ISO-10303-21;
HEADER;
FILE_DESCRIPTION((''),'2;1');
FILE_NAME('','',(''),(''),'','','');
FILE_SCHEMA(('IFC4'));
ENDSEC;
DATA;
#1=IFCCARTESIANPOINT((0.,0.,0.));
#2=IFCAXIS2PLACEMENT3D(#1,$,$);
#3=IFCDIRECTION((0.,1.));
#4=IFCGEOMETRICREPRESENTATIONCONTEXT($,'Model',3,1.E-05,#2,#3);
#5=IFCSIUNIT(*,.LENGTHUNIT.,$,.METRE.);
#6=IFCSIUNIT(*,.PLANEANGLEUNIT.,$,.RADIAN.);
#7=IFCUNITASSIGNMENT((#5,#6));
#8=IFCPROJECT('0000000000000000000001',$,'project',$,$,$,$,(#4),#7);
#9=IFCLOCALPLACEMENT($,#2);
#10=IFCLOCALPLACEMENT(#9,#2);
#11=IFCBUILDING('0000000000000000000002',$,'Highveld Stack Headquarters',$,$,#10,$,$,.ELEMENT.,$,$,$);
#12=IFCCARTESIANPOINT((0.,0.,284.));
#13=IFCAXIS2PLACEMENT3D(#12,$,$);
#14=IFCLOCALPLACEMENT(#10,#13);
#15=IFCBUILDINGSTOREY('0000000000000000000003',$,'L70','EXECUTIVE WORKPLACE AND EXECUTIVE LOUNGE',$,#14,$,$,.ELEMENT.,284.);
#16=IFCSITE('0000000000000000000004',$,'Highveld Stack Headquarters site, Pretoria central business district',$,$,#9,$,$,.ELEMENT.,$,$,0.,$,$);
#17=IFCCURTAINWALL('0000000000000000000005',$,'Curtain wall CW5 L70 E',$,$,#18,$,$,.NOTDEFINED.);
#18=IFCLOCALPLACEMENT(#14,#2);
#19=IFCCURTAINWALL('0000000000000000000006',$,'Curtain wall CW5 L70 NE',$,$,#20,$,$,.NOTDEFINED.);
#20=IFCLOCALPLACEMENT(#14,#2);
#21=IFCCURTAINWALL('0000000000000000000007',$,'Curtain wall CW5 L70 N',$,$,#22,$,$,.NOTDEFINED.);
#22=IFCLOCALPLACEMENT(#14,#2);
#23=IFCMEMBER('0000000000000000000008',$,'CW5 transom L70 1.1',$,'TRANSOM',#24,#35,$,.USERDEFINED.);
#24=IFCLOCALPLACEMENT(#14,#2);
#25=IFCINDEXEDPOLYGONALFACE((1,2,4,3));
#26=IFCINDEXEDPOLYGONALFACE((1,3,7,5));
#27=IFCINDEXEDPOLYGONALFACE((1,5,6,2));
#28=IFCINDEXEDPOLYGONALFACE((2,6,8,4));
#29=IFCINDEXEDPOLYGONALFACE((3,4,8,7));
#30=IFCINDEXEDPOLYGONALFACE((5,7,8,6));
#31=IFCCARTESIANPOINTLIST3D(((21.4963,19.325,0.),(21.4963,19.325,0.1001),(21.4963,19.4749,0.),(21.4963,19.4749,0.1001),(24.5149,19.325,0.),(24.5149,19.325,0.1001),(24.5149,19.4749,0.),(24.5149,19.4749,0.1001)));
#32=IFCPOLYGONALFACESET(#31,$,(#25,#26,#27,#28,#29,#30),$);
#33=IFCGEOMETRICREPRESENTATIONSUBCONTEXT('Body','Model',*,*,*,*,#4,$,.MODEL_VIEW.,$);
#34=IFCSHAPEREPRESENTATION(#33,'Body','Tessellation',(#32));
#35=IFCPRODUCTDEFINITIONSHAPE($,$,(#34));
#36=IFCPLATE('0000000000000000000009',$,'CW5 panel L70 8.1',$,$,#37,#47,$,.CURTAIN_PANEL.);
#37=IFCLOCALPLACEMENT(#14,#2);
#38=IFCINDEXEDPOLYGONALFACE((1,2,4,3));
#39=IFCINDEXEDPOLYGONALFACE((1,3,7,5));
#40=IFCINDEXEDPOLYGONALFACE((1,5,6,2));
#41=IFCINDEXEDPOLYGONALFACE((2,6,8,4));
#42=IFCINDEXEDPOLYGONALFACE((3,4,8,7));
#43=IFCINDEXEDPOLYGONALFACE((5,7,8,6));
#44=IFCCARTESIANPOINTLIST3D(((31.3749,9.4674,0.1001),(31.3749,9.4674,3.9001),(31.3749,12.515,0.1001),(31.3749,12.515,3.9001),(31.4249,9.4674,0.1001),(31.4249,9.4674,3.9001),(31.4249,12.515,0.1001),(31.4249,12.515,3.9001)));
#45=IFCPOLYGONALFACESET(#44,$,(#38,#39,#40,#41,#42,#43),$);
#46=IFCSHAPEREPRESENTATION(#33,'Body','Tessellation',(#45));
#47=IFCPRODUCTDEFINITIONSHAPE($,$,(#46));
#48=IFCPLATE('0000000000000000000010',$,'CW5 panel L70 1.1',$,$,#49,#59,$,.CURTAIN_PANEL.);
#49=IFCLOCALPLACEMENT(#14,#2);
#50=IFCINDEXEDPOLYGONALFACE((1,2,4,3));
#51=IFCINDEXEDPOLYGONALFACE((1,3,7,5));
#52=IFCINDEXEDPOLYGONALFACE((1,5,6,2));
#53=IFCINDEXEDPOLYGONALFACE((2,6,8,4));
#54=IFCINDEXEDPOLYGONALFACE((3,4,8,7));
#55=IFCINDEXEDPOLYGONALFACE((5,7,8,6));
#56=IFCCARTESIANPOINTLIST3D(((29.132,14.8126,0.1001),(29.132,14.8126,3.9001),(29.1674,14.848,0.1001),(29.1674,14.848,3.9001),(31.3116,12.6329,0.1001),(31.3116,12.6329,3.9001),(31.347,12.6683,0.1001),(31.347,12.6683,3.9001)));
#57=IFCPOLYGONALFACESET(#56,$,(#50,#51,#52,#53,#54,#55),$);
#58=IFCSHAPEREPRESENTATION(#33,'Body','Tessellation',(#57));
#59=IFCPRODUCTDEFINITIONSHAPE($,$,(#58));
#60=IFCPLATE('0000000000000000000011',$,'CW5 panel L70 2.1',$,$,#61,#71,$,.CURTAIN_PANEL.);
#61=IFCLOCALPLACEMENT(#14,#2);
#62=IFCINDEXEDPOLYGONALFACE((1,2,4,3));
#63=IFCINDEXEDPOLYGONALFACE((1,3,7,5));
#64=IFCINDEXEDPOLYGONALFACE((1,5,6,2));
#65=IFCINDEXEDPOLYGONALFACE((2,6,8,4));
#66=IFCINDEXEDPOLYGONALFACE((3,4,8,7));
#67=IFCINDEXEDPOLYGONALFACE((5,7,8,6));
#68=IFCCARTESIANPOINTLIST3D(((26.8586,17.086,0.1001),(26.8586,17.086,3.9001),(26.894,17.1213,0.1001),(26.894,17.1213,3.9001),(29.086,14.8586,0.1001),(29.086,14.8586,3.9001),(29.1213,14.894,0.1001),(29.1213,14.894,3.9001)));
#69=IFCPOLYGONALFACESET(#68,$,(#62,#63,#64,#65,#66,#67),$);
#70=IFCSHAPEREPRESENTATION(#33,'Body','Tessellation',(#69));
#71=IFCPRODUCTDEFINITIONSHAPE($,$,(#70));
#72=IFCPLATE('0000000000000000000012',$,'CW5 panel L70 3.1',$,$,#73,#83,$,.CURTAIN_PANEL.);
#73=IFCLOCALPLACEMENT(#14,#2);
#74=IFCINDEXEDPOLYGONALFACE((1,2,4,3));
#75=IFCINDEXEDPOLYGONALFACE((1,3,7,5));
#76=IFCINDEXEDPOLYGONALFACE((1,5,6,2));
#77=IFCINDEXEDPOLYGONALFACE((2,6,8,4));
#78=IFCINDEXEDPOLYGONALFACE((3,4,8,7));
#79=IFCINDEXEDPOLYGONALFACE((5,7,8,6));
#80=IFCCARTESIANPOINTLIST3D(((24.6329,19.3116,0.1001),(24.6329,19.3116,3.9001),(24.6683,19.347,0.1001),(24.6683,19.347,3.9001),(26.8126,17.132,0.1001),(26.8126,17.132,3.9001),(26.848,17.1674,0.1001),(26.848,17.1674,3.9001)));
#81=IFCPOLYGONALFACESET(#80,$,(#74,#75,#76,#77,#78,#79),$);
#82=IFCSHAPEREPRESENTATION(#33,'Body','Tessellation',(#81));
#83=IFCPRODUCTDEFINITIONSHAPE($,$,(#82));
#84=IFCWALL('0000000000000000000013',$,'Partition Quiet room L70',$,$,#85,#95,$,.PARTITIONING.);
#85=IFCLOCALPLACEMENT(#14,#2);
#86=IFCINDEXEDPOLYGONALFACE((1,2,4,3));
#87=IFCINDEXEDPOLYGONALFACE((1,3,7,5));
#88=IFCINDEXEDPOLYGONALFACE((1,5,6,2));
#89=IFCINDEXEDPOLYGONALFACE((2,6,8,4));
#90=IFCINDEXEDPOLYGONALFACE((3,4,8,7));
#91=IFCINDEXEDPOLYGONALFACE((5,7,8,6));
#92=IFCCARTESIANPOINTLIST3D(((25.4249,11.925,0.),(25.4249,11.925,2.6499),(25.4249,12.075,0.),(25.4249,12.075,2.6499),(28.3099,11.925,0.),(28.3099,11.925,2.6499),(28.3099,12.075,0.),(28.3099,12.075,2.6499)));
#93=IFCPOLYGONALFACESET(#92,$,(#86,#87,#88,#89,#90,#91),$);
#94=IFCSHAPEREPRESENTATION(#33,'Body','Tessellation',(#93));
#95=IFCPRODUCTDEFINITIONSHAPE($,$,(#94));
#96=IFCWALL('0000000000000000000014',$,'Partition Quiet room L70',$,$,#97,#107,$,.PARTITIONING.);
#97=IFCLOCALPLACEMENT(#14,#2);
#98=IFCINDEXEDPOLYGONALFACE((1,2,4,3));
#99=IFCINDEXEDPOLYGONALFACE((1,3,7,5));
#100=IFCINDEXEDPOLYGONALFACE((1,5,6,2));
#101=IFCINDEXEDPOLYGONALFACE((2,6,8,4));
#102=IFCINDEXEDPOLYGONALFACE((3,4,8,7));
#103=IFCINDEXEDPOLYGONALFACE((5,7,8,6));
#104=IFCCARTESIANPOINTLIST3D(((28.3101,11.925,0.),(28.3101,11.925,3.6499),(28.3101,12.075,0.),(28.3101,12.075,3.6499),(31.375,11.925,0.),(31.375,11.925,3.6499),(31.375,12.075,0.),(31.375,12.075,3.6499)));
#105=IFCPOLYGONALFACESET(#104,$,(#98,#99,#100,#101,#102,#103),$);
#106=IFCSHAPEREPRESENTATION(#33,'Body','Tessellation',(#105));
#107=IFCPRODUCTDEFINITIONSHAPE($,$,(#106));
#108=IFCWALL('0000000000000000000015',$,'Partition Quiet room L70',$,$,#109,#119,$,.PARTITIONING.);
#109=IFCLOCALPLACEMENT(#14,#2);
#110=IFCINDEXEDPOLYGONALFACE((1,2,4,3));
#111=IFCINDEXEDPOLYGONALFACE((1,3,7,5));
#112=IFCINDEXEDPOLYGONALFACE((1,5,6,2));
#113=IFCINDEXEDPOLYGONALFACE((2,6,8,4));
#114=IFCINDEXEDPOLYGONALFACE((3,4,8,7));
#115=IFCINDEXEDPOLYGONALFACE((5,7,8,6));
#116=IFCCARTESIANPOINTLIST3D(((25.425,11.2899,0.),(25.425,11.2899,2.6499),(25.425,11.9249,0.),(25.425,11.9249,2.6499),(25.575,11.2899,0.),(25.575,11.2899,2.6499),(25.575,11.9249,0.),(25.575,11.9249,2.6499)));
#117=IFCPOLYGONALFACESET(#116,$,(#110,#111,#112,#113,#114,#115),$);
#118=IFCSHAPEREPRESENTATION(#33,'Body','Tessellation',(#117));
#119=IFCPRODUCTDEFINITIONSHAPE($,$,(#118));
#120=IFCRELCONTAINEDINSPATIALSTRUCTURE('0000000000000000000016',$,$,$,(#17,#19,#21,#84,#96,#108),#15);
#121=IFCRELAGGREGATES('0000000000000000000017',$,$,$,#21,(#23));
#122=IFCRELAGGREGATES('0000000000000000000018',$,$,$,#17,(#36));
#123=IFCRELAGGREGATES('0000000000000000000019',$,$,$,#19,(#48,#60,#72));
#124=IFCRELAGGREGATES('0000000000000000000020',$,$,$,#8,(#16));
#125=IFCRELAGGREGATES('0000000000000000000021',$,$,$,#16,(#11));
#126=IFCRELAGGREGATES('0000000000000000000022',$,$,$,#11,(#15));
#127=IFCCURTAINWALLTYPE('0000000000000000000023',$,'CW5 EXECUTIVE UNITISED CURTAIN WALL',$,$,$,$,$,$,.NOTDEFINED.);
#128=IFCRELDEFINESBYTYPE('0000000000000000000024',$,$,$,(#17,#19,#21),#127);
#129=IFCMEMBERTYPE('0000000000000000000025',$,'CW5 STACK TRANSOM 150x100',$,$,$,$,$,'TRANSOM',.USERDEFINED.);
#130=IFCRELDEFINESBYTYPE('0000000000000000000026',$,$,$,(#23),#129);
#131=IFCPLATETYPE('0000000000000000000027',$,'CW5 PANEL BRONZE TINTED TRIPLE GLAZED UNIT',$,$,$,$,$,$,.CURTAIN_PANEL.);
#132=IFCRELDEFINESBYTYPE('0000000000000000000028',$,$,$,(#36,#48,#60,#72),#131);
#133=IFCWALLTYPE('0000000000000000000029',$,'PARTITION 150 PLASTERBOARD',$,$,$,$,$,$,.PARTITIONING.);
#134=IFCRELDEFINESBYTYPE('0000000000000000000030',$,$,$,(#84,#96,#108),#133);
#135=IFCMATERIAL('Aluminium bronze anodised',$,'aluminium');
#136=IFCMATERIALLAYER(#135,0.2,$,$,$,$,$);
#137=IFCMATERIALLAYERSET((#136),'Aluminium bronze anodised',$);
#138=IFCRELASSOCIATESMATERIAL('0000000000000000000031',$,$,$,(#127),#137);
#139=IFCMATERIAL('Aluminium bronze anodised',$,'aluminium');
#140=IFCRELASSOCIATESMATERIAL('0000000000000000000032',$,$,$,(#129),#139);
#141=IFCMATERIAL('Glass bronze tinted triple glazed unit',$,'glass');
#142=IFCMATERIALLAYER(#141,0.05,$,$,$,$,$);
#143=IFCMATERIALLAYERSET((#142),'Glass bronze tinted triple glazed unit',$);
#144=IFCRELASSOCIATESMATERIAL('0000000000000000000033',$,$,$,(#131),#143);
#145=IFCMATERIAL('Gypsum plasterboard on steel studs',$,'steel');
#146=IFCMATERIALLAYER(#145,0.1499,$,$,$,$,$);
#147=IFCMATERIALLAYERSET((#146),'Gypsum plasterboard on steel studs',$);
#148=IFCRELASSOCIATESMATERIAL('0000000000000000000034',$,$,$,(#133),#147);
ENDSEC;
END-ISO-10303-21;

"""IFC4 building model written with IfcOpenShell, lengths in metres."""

from ifc_helpers import new_model, si_unit, direction, frame, frame_2d, origin, origin_2d, place, context, subcontext, project, spatial, rectangle, extrude, material, layer, layer_set, material_profile, profile_set, type_object, element, aggregate, save


model = new_model("IFC4")

# Units and contexts
model_context = context("Model", 3, precision=1e-05, world=origin(), true_north=direction((0.0, 1.0)))
body_context = subcontext(model_context, "Body", "Model", "MODEL_VIEW")
ifc_project = project(units=[si_unit("LENGTHUNIT", "METRE"), si_unit("PLANEANGLEUNIT", "RADIAN")], contexts=[model_context])

# Site, building, storey
site_placement = place(None, origin())
site = spatial("IfcSite", under=ifc_project, at=site_placement, Name="Highveld Stack Headquarters site, Pretoria central business district", CompositionType="ELEMENT", RefElevation=0.0)
building_placement = place(site_placement, origin())
building = spatial("IfcBuilding", under=site, at=building_placement, Name="Highveld Stack Headquarters", CompositionType="ELEMENT")
storey_placement = place(building_placement, frame((0.0, 0.0, 284.0)))
storey = spatial("IfcBuildingStorey", under=building, at=storey_placement, Name="L70", Description="EXECUTIVE WORKPLACE AND EXECUTIVE LOUNGE", CompositionType="ELEMENT", Elevation=284.0)

# Curtain wall
ifc_material_1 = material(Name="Aluminium bronze anodised", Category="aluminium")
ifc_layer_1 = layer(ifc_material_1, 0.2)
ifc_layer_set_1 = layer_set([ifc_layer_1], Name="Aluminium bronze anodised")
curtain_wall_type = type_object("IfcCurtainWallType", Name="CW5 EXECUTIVE UNITISED CURTAIN WALL", PredefinedType="NOTDEFINED", material=ifc_layer_set_1)
curtain_wall_1_placement = place(storey_placement, origin())
curtain_wall_1 = element("IfcCurtainWall", 1, at=curtain_wall_1_placement, inside=storey, type_object=curtain_wall_type, Name="Curtain wall CW5 L70 E", PredefinedType="NOTDEFINED")

# Curtain wall
curtain_wall_2_placement = place(storey_placement, origin())
curtain_wall_2 = element("IfcCurtainWall", 2, at=curtain_wall_2_placement, inside=storey, type_object=curtain_wall_type, Name="Curtain wall CW5 L70 NE", PredefinedType="NOTDEFINED")

# Curtain wall
curtain_wall_3_placement = place(storey_placement, origin())
curtain_wall_3 = element("IfcCurtainWall", 3, at=curtain_wall_3_placement, inside=storey, type_object=curtain_wall_type, Name="Curtain wall CW5 L70 N", PredefinedType="NOTDEFINED")

# Member
ifc_material_2 = material(Name="Aluminium bronze anodised", Category="aluminium")
ifc_material_profile_1 = material_profile(ifc_material_2, rectangle(XDim=0.1499, YDim=0.1001, at=origin_2d()), Name="CW5 TRANSOM 150x100")
ifc_profile_set_1 = profile_set([ifc_material_profile_1], Name="Aluminium bronze anodised")
member_type_1 = type_object("IfcMemberType", Name="CW5 STACK TRANSOM 150x100", ElementType="TRANSOM", PredefinedType="USERDEFINED", material=ifc_profile_set_1)
member_1_placement = place(storey_placement, frame((24.5149, 19.3999, 0.05), z_axis=(-1.0, 0.0, 0.0), x_axis=(0.0, -1.0, 0.0)))
member_1 = element("IfcMember", 4, at=member_1_placement, type_object=member_type_1, Name="CW5 transom L70 1.1", ObjectType="TRANSOM", PredefinedType="USERDEFINED", context=body_context, shape_type="SweptSolid", body=[
    extrude(rectangle(XDim=0.1499, YDim=0.1001, at=origin_2d()), origin(), (0.0, 0.0, 1.0), 3.0186),
])
aggregate(curtain_wall_3, [member_1])

# Plates
ifc_material_3 = material(Name="Glass bronze tinted triple glazed unit", Category="glass")
ifc_layer_2 = layer(ifc_material_3, 0.05)
ifc_layer_set_2 = layer_set([ifc_layer_2], Name="Glass bronze tinted triple glazed unit")
plate_type = type_object("IfcPlateType", Name="CW5 PANEL BRONZE TINTED TRIPLE GLAZED UNIT", PredefinedType="CURTAIN_PANEL", material=ifc_layer_set_2)
plate_1_placement = place(storey_placement, frame((31.3999, 10.9912, 0.1001), z_axis=(0.0, 0.0, 1.0), x_axis=(0.0, 1.0, 0.0)))
plate_1 = element("IfcPlate", 5, at=plate_1_placement, type_object=plate_type, Name="CW5 panel L70 8.1", PredefinedType="CURTAIN_PANEL", context=body_context, shape_type="SweptSolid", body=[
    extrude(rectangle(XDim=3.0476, YDim=0.05, at=origin_2d()), origin(), (0.0, 0.0, 1.0), 3.8),
])
aggregate(curtain_wall_1, [plate_1])
plate_2_placement = place(storey_placement, frame((30.2395, 13.7405, 0.1001), z_axis=(0.0, 0.0, 1.0), x_axis=(-0.707107, 0.707107, 0.0)))
plate_2 = element("IfcPlate", 6, at=plate_2_placement, type_object=plate_type, Name="CW5 panel L70 1.1", PredefinedType="CURTAIN_PANEL", context=body_context, shape_type="SweptSolid", body=[
    extrude(rectangle(XDim=3.0825, YDim=0.05, at=origin_2d()), origin(), (0.0, 0.0, 1.0), 3.8),
])
plate_3_placement = place(storey_placement, frame((27.99, 15.99, 0.1001), z_axis=(0.0, 0.0, 1.0), x_axis=(-0.707107, 0.707107, 0.0)))
plate_3 = element("IfcPlate", 7, at=plate_3_placement, type_object=plate_type, Name="CW5 panel L70 2.1", PredefinedType="CURTAIN_PANEL", context=body_context, shape_type="SweptSolid", body=[
    extrude(rectangle(XDim=3.1499, YDim=0.05, at=origin_2d()), origin(), (0.0, 0.0, 1.0), 3.8),
])
plate_4_placement = place(storey_placement, frame((25.7405, 18.2395, 0.1001), z_axis=(0.0, 0.0, 1.0), x_axis=(-0.707107, 0.707107, 0.0)))
plate_4 = element("IfcPlate", 8, at=plate_4_placement, type_object=plate_type, Name="CW5 panel L70 3.1", PredefinedType="CURTAIN_PANEL", context=body_context, shape_type="SweptSolid", body=[
    extrude(rectangle(XDim=3.0825, YDim=0.05, at=origin_2d()), origin(), (0.0, 0.0, 1.0), 3.8),
])
aggregate(curtain_wall_2, [plate_2, plate_3, plate_4])

# Walls
ifc_material_4 = material(Name="Gypsum plasterboard on steel studs", Category="steel")
ifc_layer_3 = layer(ifc_material_4, 0.1499)
ifc_layer_set_3 = layer_set([ifc_layer_3], Name="Gypsum plasterboard on steel studs")
wall_type = type_object("IfcWallType", Name="PARTITION 150 PLASTERBOARD", PredefinedType="PARTITIONING", material=ifc_layer_set_3)
wall_1_placement = place(storey_placement, frame((25.425, 12.0, 0.0), z_axis=(0.0, 0.0, 1.0), x_axis=(1.0, 0.0, 0.0)))
element("IfcWall", 9, at=wall_1_placement, inside=storey, type_object=wall_type, Name="Partition Quiet room L70", PredefinedType="PARTITIONING", context=body_context, shape_type="SweptSolid", body=[
    extrude(rectangle(XDim=2.885, YDim=0.1499, at=frame_2d((1.4424, 0.0))), origin(), (0.0, 0.0, 1.0), 2.6499),
])
wall_2_placement = place(storey_placement, frame((28.3101, 12.0, 0.0), z_axis=(0.0, 0.0, 1.0), x_axis=(1.0, 0.0, 0.0)))
element("IfcWall", 10, at=wall_2_placement, inside=storey, type_object=wall_type, Name="Partition Quiet room L70", PredefinedType="PARTITIONING", context=body_context, shape_type="SweptSolid", body=[
    extrude(rectangle(XDim=3.0649, YDim=0.1499, at=frame_2d((1.5325, 0.0))), origin(), (0.0, 0.0, 1.0), 3.6499),
])
wall_3_placement = place(storey_placement, frame((25.5, 11.29, 0.0), z_axis=(0.0, 0.0, 1.0), x_axis=(0.0, 1.0, 0.0)))
element("IfcWall", 11, at=wall_3_placement, inside=storey, type_object=wall_type, Name="Partition Quiet room L70", PredefinedType="PARTITIONING", context=body_context, shape_type="SweptSolid", body=[
    extrude(rectangle(XDim=0.635, YDim=0.1499, at=frame_2d((0.3174, 0.0))), origin(), (0.0, 0.0, 1.0), 2.6499),
])

save(model, "model.ifc")
